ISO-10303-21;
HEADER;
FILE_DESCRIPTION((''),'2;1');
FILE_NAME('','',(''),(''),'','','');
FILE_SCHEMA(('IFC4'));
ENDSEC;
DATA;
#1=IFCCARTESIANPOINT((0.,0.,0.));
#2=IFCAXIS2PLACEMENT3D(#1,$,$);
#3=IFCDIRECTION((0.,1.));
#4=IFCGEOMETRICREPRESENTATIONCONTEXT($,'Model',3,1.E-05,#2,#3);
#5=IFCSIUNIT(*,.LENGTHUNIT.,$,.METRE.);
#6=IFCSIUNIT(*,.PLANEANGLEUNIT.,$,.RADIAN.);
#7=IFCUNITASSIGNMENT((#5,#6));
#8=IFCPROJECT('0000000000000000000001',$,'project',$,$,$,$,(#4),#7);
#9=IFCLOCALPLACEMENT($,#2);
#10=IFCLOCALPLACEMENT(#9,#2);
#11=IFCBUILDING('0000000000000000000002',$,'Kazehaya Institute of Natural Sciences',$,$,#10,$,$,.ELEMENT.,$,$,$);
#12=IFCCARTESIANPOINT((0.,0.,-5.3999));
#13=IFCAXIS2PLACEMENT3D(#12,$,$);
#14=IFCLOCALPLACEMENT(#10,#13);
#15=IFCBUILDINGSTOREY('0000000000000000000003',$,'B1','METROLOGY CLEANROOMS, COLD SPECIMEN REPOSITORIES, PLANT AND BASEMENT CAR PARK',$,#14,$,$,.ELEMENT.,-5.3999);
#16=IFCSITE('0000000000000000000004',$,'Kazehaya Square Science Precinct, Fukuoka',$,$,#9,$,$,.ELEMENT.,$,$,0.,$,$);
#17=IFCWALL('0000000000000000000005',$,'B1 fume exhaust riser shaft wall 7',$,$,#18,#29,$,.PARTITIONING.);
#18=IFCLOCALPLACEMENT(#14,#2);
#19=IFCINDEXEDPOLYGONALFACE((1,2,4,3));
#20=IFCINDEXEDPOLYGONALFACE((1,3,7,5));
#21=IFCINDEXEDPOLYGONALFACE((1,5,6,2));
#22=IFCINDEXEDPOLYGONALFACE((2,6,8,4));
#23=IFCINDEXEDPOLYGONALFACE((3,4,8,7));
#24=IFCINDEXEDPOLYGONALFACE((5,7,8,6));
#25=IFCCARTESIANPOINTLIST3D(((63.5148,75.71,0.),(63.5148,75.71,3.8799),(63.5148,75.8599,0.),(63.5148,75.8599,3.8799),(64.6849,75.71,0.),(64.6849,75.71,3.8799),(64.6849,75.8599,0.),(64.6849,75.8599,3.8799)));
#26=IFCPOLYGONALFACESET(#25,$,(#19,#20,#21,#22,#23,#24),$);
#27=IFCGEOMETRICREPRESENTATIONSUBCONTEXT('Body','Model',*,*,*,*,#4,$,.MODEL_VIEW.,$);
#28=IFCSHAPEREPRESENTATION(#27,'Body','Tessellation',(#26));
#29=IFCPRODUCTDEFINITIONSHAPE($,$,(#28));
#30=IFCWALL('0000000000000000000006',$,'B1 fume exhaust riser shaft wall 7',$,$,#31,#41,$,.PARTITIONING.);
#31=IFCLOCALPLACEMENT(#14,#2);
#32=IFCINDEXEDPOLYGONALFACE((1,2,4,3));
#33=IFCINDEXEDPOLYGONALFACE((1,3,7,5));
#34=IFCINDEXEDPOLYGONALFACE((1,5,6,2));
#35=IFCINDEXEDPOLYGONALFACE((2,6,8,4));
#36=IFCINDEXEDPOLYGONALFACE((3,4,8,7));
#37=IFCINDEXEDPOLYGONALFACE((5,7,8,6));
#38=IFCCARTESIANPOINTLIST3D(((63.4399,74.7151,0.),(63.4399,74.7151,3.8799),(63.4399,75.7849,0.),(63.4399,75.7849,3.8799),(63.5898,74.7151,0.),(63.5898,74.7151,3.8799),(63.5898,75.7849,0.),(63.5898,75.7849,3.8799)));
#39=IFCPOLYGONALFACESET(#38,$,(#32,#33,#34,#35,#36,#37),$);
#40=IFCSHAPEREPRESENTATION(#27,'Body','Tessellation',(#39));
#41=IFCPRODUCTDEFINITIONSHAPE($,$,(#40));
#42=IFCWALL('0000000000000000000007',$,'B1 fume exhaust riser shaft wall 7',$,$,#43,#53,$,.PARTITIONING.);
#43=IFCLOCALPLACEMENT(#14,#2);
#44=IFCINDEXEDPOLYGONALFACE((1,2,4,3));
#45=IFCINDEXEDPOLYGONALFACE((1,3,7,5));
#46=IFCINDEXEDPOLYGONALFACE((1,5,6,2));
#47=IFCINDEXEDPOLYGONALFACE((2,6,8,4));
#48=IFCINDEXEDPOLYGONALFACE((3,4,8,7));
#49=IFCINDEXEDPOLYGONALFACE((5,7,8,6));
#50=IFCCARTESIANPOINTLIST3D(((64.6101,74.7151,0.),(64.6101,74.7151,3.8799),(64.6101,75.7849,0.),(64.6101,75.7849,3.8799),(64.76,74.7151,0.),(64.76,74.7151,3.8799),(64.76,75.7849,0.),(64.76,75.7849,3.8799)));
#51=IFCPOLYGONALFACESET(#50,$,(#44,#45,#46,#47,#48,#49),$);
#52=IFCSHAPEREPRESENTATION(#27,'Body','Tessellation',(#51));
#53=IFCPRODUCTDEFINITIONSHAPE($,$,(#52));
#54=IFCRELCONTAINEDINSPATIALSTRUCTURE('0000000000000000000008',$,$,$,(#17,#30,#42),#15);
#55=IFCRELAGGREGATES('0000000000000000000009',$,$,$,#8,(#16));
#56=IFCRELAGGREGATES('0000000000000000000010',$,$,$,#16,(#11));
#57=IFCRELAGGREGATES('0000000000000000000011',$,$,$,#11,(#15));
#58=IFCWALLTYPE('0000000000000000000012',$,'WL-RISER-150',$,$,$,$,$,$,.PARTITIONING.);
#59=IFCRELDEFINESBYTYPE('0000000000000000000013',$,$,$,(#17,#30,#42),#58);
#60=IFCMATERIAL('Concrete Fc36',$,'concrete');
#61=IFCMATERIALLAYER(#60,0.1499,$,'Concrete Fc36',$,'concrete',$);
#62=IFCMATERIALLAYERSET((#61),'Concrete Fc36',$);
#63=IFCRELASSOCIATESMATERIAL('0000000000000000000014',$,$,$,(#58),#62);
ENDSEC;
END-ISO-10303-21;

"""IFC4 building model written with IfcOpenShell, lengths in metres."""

from ifc_helpers import new_model, si_unit, direction, frame, frame_2d, origin, place, context, subcontext, project, spatial, rectangle, extrude, material, layer, layer_set, type_object, element, save


model = new_model("IFC4")

# Units and contexts
model_context = context("Model", 3, precision=1e-05, world=origin(), true_north=direction((0.0, 1.0)))
body_context = subcontext(model_context, "Body", "Model", "MODEL_VIEW")
ifc_project = project(units=[si_unit("LENGTHUNIT", "METRE"), si_unit("PLANEANGLEUNIT", "RADIAN")], contexts=[model_context])

# Site, building, storey
site_placement = place(None, origin())
site = spatial("IfcSite", under=ifc_project, at=site_placement, Name="Kazehaya Square Science Precinct, Fukuoka", CompositionType="ELEMENT", RefElevation=0.0)
building_placement = place(site_placement, origin())
building = spatial("IfcBuilding", under=site, at=building_placement, Name="Kazehaya Institute of Natural Sciences", CompositionType="ELEMENT")
storey_placement = place(building_placement, frame((0.0, 0.0, -5.3999)))
storey = spatial("IfcBuildingStorey", under=building, at=storey_placement, Name="B1", Description="METROLOGY CLEANROOMS, COLD SPECIMEN REPOSITORIES, PLANT AND BASEMENT CAR PARK", CompositionType="ELEMENT", Elevation=-5.3999)

# Shared definitions
ifc_material_1 = material(Name="Concrete Fc36", Category="concrete")

# Walls
ifc_layer_1 = layer(ifc_material_1, 0.1499, Name="Concrete Fc36", Category="concrete")
ifc_layer_set_1 = layer_set([ifc_layer_1], Name="Concrete Fc36")
wall_type_1 = type_object("IfcWallType", Name="WL-RISER-150", PredefinedType="PARTITIONING", material=ifc_layer_set_1)
for number, where, z_axis, x_axis, name in (
    (1, (63.5149, 75.7849, 0.0), (0.0, 0.0, 1.0), (1.0, 0.0, 0.0), "B1 fume exhaust riser shaft wall 7"),
):
    element("IfcWall", number, at=place(storey_placement, frame(where, z_axis=z_axis, x_axis=x_axis)), inside=storey, type_object=wall_type_1, Name=name, PredefinedType="PARTITIONING", context=body_context, shape_type="SweptSolid", body=[
        extrude(rectangle(XDim=1.1702, YDim=0.1499, at=frame_2d((0.585, 0.0))), origin(), (0.0, 0.0, 1.0), 3.8799),
    ])
for number, where, z_axis, x_axis, name in (
    (2, (63.5149, 74.7151, 0.0), (0.0, 0.0, 1.0), (0.0, 1.0, 0.0), "B1 fume exhaust riser shaft wall 7"),
    (3, (64.6851, 75.7849, 0.0), (0.0, 0.0, 1.0), (0.0, -1.0, 0.0), "B1 fume exhaust riser shaft wall 7"),
):
    element("IfcWall", number, at=place(storey_placement, frame(where, z_axis=z_axis, x_axis=x_axis)), inside=storey, type_object=wall_type_1, Name=name, PredefinedType="PARTITIONING", context=body_context, shape_type="SweptSolid", body=[
        extrude(rectangle(XDim=1.0698, YDim=0.1499, at=frame_2d((0.5349, 0.0))), origin(), (0.0, 0.0, 1.0), 3.8799),
    ])

save(model, "model.ifc")
